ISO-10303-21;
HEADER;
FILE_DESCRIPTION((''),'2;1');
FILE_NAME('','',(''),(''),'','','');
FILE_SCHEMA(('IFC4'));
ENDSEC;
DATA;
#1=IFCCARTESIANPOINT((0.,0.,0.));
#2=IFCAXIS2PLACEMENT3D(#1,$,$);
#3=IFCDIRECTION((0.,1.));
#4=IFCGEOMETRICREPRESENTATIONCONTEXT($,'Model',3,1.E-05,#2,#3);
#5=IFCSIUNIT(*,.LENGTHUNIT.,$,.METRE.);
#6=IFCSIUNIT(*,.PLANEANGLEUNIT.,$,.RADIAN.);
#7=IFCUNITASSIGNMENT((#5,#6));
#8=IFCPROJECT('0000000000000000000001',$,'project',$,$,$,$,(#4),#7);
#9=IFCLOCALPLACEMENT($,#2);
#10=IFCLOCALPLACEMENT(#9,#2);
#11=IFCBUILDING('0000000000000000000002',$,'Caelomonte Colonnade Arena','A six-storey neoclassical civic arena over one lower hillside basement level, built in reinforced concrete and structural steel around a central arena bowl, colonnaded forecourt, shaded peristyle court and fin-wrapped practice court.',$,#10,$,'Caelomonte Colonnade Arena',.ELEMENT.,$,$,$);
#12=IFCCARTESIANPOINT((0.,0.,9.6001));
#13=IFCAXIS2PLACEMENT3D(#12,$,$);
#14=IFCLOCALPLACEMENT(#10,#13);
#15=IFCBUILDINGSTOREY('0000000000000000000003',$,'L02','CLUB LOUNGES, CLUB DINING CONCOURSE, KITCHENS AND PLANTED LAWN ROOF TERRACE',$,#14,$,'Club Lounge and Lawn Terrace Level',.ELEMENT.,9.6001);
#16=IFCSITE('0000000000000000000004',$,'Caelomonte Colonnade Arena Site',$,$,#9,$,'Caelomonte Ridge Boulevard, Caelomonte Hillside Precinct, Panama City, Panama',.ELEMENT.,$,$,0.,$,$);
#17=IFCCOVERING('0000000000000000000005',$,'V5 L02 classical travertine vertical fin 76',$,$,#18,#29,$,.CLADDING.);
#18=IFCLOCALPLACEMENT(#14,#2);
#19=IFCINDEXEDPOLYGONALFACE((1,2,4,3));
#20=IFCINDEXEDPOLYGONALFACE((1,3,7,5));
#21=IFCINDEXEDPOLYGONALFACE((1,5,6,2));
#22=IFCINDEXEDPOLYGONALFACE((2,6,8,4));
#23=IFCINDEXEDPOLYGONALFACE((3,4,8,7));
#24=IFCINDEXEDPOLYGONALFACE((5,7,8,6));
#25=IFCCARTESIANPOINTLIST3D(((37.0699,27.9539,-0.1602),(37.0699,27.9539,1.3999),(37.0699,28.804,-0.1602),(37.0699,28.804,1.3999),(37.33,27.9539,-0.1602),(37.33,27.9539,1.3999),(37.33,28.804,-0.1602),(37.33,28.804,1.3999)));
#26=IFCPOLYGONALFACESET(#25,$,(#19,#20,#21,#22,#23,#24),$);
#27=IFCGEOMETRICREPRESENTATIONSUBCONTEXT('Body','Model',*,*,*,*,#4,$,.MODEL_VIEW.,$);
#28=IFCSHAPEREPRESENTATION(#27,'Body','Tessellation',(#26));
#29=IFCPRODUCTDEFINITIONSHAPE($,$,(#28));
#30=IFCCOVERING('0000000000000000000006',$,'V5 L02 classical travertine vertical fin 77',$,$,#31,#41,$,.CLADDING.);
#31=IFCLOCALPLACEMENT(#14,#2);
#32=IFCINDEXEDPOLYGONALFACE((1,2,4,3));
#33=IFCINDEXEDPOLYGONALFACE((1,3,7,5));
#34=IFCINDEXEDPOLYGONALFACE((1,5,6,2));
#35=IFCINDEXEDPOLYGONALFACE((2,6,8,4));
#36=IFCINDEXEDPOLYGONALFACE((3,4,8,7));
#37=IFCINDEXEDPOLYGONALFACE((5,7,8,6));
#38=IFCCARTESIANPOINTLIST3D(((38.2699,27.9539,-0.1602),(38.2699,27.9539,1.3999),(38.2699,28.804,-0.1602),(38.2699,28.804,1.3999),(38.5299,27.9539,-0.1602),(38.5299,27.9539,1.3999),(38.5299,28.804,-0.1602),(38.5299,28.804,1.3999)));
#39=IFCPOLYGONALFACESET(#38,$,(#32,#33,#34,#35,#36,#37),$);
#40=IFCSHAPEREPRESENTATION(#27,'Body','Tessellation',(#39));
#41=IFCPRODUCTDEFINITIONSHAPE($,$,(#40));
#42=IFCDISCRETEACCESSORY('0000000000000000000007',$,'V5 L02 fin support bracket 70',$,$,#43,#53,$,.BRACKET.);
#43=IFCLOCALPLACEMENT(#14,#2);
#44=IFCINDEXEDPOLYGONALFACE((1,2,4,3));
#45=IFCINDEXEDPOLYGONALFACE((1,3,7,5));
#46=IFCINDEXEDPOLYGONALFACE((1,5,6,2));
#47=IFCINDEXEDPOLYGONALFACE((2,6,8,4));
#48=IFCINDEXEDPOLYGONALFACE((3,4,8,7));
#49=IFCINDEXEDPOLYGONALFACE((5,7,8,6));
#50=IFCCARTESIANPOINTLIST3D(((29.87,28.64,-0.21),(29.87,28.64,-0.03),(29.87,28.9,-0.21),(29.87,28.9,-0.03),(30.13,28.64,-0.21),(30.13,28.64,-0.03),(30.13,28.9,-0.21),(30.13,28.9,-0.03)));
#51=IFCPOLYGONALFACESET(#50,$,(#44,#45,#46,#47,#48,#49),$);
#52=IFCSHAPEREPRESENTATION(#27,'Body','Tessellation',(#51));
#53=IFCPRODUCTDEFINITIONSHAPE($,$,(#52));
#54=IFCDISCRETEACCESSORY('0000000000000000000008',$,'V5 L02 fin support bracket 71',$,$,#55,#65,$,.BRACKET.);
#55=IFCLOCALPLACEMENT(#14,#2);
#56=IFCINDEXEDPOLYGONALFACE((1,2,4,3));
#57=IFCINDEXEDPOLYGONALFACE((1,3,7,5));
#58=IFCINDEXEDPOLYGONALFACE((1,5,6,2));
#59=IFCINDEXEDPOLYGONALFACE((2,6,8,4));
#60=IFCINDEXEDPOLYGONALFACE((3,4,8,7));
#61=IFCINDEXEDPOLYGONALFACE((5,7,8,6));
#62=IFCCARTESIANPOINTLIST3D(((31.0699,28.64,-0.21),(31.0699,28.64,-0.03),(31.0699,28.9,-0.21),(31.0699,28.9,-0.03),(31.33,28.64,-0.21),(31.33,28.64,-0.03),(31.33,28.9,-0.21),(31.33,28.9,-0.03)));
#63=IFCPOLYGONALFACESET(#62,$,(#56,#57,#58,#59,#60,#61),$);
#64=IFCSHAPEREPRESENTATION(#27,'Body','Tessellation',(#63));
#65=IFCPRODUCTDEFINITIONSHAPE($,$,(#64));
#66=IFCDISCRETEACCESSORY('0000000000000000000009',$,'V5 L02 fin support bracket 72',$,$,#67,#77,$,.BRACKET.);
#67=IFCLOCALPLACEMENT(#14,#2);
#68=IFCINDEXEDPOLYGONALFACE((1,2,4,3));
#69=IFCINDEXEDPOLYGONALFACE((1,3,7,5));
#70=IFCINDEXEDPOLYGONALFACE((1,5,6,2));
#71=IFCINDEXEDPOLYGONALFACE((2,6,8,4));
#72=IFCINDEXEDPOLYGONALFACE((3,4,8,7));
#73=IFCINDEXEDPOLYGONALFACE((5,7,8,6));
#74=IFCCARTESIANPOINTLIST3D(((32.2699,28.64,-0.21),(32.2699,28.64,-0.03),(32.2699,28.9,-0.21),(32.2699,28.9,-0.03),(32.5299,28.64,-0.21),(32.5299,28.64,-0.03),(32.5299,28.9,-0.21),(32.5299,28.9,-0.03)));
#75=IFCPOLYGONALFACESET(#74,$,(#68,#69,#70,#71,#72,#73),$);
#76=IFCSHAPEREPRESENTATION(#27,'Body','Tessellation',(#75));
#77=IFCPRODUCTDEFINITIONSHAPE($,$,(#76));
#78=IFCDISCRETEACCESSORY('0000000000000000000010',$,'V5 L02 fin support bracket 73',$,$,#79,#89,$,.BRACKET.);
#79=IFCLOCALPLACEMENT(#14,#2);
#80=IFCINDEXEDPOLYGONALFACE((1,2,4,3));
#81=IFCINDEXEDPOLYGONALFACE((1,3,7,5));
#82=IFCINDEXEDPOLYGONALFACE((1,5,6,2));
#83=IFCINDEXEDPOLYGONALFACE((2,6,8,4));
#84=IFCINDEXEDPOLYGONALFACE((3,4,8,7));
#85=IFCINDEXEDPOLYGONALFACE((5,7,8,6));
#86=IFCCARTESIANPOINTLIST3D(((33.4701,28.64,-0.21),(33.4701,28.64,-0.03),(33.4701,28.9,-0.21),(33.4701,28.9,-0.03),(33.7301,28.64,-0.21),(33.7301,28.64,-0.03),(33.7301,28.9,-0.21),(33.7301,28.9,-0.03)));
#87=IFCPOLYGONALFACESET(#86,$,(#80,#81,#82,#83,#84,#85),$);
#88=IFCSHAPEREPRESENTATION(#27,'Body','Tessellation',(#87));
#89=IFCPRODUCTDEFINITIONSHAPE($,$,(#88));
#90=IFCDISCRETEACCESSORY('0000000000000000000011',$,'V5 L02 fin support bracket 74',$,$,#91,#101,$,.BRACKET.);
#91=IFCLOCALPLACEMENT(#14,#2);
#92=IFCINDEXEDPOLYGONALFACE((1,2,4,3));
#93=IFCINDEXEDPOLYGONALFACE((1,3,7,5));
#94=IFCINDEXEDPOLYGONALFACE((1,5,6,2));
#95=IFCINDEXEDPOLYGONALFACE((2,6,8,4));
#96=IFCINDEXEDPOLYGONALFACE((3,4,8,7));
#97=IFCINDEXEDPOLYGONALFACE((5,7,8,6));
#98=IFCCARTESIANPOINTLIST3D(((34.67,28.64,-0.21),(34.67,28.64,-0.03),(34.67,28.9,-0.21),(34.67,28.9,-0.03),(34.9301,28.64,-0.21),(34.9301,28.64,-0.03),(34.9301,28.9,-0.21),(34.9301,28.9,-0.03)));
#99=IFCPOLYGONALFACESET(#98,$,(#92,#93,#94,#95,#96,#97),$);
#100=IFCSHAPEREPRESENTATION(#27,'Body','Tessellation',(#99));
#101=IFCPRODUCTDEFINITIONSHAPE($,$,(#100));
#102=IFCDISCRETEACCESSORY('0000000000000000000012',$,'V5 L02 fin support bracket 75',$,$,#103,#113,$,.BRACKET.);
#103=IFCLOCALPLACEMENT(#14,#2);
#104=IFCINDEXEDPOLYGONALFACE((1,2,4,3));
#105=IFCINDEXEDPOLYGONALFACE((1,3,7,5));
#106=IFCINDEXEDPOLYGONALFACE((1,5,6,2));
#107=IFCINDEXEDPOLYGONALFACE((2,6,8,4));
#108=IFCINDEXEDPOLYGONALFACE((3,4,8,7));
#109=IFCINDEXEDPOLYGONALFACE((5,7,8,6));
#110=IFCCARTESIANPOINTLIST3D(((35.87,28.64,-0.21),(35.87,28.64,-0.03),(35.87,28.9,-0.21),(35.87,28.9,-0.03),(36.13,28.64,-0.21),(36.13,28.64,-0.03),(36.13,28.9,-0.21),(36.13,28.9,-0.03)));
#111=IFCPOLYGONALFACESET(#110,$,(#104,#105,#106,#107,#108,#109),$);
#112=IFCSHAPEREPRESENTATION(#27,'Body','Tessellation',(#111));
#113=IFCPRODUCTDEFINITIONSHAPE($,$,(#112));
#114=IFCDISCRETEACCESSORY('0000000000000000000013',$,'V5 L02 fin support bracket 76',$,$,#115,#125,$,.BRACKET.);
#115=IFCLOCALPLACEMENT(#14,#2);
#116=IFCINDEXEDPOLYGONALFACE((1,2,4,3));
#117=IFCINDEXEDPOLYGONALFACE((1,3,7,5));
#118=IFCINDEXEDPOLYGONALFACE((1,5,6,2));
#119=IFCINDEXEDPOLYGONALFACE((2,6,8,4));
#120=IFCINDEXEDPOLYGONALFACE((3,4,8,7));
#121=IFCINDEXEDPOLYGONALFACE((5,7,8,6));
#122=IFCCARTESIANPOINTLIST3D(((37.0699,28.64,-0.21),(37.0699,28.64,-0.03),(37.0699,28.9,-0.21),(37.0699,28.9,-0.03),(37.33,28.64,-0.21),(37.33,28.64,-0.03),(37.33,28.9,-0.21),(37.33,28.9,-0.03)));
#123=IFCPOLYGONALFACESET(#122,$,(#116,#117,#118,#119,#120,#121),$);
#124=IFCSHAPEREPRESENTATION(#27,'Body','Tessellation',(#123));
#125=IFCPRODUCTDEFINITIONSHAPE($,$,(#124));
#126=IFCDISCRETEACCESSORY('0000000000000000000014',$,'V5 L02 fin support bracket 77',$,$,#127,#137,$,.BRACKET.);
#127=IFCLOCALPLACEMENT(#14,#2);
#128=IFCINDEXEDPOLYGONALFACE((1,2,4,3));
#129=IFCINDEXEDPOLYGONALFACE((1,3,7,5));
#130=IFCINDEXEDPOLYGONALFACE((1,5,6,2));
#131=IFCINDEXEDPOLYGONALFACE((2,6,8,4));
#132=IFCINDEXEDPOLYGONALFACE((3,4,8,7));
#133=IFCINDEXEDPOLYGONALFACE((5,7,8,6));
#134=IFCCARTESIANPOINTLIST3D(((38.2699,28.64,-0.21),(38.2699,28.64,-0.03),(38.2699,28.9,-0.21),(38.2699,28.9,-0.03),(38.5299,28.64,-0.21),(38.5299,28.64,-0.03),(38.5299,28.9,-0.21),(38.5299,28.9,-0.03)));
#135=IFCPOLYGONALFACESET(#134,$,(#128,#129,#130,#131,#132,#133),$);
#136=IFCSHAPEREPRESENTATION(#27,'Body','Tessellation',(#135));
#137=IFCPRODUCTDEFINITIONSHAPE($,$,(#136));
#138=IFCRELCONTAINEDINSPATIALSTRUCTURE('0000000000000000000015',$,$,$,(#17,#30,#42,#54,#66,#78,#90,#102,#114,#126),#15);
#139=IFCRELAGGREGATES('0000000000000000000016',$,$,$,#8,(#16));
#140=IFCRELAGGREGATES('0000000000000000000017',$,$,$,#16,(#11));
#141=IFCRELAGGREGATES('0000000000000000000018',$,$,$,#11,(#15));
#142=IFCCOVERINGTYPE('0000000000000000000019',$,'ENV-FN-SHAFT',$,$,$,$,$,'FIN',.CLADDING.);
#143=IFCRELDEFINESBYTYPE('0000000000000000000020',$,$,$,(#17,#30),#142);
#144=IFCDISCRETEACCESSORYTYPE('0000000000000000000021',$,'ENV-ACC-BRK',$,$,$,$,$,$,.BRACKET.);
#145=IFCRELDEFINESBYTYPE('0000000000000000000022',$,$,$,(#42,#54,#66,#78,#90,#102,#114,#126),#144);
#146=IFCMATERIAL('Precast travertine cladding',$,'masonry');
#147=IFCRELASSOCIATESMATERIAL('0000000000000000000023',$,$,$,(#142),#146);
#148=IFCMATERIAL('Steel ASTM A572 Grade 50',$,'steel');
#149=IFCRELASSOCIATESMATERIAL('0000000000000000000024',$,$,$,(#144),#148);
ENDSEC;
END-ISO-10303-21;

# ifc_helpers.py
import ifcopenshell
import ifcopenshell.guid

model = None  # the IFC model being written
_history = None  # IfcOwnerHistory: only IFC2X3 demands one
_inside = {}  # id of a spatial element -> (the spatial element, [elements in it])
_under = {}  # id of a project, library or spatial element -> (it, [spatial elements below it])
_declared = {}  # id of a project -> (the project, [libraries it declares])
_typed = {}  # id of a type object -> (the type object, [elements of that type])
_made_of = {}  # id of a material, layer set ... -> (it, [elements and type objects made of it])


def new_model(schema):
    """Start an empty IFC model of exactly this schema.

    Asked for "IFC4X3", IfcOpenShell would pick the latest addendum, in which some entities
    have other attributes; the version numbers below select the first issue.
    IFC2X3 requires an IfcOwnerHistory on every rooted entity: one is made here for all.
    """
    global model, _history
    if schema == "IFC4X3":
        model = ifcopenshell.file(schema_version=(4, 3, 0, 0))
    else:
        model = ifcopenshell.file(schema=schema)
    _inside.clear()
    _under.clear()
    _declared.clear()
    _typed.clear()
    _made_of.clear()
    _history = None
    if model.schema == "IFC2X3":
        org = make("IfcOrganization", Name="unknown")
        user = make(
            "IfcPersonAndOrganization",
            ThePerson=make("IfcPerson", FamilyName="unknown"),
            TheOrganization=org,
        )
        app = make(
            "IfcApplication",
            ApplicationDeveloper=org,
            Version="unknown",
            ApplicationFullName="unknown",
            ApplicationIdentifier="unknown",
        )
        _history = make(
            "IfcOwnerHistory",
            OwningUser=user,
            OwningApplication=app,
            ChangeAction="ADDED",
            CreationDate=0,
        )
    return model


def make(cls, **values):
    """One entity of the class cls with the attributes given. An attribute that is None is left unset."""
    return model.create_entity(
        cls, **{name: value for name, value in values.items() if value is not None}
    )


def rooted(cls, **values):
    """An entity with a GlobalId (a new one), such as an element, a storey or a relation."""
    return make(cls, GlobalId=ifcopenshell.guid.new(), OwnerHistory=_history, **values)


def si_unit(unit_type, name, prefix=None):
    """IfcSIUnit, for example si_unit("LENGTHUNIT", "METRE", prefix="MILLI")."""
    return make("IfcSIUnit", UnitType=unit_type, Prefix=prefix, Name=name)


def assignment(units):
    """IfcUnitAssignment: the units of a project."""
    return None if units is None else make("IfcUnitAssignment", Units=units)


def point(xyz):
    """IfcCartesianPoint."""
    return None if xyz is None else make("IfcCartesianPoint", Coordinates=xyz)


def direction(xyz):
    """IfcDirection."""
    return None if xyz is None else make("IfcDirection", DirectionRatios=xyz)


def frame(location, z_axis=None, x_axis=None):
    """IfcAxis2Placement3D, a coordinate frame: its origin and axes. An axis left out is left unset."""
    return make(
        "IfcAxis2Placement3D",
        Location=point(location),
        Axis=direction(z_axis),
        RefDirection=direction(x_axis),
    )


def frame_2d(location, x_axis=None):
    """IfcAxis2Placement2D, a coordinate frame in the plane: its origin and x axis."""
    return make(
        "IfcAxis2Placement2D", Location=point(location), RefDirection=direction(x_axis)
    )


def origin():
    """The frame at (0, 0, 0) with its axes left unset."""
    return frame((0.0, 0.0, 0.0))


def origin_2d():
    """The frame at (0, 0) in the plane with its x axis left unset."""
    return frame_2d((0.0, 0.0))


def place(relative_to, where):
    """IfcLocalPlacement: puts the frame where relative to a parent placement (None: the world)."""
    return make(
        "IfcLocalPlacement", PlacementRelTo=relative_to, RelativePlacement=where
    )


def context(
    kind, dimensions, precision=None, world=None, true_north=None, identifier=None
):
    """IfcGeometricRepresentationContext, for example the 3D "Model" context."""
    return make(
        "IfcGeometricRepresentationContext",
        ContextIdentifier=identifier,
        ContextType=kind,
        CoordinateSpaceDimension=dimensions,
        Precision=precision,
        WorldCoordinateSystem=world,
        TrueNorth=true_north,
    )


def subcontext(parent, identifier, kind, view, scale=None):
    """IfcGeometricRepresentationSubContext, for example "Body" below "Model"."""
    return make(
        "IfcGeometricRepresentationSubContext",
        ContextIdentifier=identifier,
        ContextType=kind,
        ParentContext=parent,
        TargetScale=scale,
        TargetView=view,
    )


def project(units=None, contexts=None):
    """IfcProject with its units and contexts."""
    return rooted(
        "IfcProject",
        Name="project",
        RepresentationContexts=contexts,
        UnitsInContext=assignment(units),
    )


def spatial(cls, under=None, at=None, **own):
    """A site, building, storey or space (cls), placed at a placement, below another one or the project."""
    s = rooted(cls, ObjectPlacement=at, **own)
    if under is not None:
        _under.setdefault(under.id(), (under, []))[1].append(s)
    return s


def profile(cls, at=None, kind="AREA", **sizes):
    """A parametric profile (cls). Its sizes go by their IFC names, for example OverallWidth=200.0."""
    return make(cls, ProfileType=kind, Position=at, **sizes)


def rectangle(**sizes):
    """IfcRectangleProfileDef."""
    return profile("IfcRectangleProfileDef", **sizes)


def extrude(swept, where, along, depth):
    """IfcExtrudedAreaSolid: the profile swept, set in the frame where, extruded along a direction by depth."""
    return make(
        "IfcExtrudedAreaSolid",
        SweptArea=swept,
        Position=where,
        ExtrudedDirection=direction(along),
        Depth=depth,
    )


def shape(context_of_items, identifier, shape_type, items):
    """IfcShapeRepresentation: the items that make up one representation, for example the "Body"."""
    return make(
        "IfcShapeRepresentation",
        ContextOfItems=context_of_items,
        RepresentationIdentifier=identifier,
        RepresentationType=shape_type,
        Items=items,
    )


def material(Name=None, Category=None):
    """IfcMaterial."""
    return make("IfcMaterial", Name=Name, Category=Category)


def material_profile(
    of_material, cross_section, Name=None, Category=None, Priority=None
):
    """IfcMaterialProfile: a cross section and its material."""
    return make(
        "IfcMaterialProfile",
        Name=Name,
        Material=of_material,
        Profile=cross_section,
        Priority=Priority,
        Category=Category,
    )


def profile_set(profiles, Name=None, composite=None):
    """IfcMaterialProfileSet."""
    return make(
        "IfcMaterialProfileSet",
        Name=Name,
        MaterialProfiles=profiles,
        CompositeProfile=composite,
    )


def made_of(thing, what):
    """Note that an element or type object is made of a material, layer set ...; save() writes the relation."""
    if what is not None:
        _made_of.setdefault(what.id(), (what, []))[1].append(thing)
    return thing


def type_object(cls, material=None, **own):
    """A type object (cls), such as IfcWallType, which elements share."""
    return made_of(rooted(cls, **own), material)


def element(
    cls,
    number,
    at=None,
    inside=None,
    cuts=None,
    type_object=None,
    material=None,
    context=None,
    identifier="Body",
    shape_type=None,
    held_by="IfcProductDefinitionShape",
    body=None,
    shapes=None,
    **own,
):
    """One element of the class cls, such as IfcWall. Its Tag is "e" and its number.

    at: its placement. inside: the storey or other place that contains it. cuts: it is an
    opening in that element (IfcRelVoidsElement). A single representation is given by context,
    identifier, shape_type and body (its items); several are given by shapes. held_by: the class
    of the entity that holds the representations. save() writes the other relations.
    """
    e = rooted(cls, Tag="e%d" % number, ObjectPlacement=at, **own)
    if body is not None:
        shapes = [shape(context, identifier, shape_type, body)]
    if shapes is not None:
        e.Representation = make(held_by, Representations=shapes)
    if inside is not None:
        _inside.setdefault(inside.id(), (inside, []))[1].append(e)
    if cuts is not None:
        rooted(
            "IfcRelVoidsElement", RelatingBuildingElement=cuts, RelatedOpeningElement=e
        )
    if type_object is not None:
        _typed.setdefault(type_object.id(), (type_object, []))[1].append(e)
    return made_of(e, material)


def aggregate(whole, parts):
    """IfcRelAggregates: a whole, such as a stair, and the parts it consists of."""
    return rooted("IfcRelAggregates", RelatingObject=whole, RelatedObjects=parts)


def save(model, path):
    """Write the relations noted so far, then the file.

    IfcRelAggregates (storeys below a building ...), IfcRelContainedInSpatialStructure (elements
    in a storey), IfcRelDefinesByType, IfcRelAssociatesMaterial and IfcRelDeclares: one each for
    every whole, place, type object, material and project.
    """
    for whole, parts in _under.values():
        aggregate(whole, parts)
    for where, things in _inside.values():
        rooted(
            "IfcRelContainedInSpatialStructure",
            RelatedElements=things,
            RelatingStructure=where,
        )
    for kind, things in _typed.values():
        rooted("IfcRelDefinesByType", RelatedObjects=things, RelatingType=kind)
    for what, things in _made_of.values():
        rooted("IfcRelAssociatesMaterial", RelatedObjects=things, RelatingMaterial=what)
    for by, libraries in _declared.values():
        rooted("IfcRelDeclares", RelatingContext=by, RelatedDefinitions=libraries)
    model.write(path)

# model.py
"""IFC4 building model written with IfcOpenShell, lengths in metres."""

from ifc_helpers import new_model, si_unit, direction, frame, origin, origin_2d, place, context, subcontext, project, spatial, rectangle, extrude, material, material_profile, profile_set, type_object, element, save


model = new_model("IFC4")

# Units and contexts
model_context = context("Model", 3, precision=1e-05, world=origin(), true_north=direction((0.0, 1.0)))
body_context = subcontext(model_context, "Body", "Model", "MODEL_VIEW")
ifc_project = project(units=[si_unit("LENGTHUNIT", "METRE"), si_unit("PLANEANGLEUNIT", "RADIAN")], contexts=[model_context])

# Site, building, storey
site_placement = place(None, origin())
site = spatial("IfcSite", under=ifc_project, at=site_placement, Name="Caelomonte Colonnade Arena Site", LongName="Caelomonte Ridge Boulevard, Caelomonte Hillside Precinct, Panama City, Panama", CompositionType="ELEMENT", RefElevation=0.0)
building_placement = place(site_placement, origin())
building = spatial("IfcBuilding", under=site, at=building_placement, Name="Caelomonte Colonnade Arena", Description="A six-storey neoclassical civic arena over one lower hillside basement level, built in reinforced concrete and structural steel around a central arena bowl, colonnaded forecourt, shaded peristyle court and fin-wrapped practice court.", LongName="Caelomonte Colonnade Arena", CompositionType="ELEMENT")
storey_placement = place(building_placement, frame((0.0, 0.0, 9.6001)))
storey = spatial("IfcBuildingStorey", under=building, at=storey_placement, Name="L02", Description="CLUB LOUNGES, CLUB DINING CONCOURSE, KITCHENS AND PLANTED LAWN ROOF TERRACE", LongName="Club Lounge and Lawn Terrace Level", CompositionType="ELEMENT", Elevation=9.6001)

# Coverings
ifc_material_1 = material(Name="Precast travertine cladding", Category="masonry")
ifc_material_profile_1 = material_profile(ifc_material_1, rectangle(XDim=0.26, YDim=0.8501, at=origin_2d()), Name="FIN260X850")
ifc_profile_set_1 = profile_set([ifc_material_profile_1], Name="Precast travertine cladding")
covering_type = type_object("IfcCoveringType", Name="ENV-FN-SHAFT", ElementType="FIN", PredefinedType="CLADDING", material=ifc_profile_set_1)
for number, where, z_axis, x_axis, name in (
    (1, (37.2, 28.3789, -0.1602), (0.0, 0.0, 1.0), (-1.0, 0.0, 0.0), "V5 L02 classical travertine vertical fin 76"),
    (2, (38.3999, 28.3789, -0.1602), (0.0, 0.0, 1.0), (-1.0, 0.0, 0.0), "V5 L02 classical travertine vertical fin 77"),
):
    element("IfcCovering", number, at=place(storey_placement, frame(where, z_axis=z_axis, x_axis=x_axis)), inside=storey, type_object=covering_type, Name=name, PredefinedType="CLADDING", context=body_context, shape_type="SweptSolid", body=[
        extrude(rectangle(XDim=0.26, YDim=0.8501, at=origin_2d()), origin(), (0.0, 0.0, 1.0), 1.5601),
    ])

# Discrete accessories
ifc_material_2 = material(Name="Steel ASTM A572 Grade 50", Category="steel")
discrete_accessory_type = type_object("IfcDiscreteAccessoryType", Name="ENV-ACC-BRK", PredefinedType="BRACKET", material=ifc_material_2)
for number, where, z_axis, x_axis, name in (
    (3, (30.0, 28.77, -0.21), (0.0, 0.0, 1.0), (1.0, 0.0, 0.0), "V5 L02 fin support bracket 70"),
    (4, (31.2, 28.77, -0.21), (0.0, 0.0, 1.0), (1.0, 0.0, 0.0), "V5 L02 fin support bracket 71"),
    (5, (32.3999, 28.77, -0.21), (0.0, 0.0, 1.0), (1.0, 0.0, 0.0), "V5 L02 fin support bracket 72"),
    (6, (33.6001, 28.77, -0.21), (0.0, 0.0, 1.0), (1.0, 0.0, 0.0), "V5 L02 fin support bracket 73"),
    (7, (34.8, 28.77, -0.21), (0.0, 0.0, 1.0), (1.0, 0.0, 0.0), "V5 L02 fin support bracket 74"),
    (8, (36.0, 28.77, -0.21), (0.0, 0.0, 1.0), (1.0, 0.0, 0.0), "V5 L02 fin support bracket 75"),
    (9, (37.2, 28.77, -0.21), (0.0, 0.0, 1.0), (1.0, 0.0, 0.0), "V5 L02 fin support bracket 76"),
    (10, (38.3999, 28.77, -0.21), (0.0, 0.0, 1.0), (1.0, 0.0, 0.0), "V5 L02 fin support bracket 77"),
):
    element("IfcDiscreteAccessory", number, at=place(storey_placement, frame(where, z_axis=z_axis, x_axis=x_axis)), inside=storey, type_object=discrete_accessory_type, Name=name, PredefinedType="BRACKET", context=body_context, shape_type="SweptSolid", body=[
        extrude(rectangle(XDim=0.26, YDim=0.26, at=origin_2d()), origin(), (0.0, 0.0, 1.0), 0.1799),
    ])

save(model, "model.ifc")
